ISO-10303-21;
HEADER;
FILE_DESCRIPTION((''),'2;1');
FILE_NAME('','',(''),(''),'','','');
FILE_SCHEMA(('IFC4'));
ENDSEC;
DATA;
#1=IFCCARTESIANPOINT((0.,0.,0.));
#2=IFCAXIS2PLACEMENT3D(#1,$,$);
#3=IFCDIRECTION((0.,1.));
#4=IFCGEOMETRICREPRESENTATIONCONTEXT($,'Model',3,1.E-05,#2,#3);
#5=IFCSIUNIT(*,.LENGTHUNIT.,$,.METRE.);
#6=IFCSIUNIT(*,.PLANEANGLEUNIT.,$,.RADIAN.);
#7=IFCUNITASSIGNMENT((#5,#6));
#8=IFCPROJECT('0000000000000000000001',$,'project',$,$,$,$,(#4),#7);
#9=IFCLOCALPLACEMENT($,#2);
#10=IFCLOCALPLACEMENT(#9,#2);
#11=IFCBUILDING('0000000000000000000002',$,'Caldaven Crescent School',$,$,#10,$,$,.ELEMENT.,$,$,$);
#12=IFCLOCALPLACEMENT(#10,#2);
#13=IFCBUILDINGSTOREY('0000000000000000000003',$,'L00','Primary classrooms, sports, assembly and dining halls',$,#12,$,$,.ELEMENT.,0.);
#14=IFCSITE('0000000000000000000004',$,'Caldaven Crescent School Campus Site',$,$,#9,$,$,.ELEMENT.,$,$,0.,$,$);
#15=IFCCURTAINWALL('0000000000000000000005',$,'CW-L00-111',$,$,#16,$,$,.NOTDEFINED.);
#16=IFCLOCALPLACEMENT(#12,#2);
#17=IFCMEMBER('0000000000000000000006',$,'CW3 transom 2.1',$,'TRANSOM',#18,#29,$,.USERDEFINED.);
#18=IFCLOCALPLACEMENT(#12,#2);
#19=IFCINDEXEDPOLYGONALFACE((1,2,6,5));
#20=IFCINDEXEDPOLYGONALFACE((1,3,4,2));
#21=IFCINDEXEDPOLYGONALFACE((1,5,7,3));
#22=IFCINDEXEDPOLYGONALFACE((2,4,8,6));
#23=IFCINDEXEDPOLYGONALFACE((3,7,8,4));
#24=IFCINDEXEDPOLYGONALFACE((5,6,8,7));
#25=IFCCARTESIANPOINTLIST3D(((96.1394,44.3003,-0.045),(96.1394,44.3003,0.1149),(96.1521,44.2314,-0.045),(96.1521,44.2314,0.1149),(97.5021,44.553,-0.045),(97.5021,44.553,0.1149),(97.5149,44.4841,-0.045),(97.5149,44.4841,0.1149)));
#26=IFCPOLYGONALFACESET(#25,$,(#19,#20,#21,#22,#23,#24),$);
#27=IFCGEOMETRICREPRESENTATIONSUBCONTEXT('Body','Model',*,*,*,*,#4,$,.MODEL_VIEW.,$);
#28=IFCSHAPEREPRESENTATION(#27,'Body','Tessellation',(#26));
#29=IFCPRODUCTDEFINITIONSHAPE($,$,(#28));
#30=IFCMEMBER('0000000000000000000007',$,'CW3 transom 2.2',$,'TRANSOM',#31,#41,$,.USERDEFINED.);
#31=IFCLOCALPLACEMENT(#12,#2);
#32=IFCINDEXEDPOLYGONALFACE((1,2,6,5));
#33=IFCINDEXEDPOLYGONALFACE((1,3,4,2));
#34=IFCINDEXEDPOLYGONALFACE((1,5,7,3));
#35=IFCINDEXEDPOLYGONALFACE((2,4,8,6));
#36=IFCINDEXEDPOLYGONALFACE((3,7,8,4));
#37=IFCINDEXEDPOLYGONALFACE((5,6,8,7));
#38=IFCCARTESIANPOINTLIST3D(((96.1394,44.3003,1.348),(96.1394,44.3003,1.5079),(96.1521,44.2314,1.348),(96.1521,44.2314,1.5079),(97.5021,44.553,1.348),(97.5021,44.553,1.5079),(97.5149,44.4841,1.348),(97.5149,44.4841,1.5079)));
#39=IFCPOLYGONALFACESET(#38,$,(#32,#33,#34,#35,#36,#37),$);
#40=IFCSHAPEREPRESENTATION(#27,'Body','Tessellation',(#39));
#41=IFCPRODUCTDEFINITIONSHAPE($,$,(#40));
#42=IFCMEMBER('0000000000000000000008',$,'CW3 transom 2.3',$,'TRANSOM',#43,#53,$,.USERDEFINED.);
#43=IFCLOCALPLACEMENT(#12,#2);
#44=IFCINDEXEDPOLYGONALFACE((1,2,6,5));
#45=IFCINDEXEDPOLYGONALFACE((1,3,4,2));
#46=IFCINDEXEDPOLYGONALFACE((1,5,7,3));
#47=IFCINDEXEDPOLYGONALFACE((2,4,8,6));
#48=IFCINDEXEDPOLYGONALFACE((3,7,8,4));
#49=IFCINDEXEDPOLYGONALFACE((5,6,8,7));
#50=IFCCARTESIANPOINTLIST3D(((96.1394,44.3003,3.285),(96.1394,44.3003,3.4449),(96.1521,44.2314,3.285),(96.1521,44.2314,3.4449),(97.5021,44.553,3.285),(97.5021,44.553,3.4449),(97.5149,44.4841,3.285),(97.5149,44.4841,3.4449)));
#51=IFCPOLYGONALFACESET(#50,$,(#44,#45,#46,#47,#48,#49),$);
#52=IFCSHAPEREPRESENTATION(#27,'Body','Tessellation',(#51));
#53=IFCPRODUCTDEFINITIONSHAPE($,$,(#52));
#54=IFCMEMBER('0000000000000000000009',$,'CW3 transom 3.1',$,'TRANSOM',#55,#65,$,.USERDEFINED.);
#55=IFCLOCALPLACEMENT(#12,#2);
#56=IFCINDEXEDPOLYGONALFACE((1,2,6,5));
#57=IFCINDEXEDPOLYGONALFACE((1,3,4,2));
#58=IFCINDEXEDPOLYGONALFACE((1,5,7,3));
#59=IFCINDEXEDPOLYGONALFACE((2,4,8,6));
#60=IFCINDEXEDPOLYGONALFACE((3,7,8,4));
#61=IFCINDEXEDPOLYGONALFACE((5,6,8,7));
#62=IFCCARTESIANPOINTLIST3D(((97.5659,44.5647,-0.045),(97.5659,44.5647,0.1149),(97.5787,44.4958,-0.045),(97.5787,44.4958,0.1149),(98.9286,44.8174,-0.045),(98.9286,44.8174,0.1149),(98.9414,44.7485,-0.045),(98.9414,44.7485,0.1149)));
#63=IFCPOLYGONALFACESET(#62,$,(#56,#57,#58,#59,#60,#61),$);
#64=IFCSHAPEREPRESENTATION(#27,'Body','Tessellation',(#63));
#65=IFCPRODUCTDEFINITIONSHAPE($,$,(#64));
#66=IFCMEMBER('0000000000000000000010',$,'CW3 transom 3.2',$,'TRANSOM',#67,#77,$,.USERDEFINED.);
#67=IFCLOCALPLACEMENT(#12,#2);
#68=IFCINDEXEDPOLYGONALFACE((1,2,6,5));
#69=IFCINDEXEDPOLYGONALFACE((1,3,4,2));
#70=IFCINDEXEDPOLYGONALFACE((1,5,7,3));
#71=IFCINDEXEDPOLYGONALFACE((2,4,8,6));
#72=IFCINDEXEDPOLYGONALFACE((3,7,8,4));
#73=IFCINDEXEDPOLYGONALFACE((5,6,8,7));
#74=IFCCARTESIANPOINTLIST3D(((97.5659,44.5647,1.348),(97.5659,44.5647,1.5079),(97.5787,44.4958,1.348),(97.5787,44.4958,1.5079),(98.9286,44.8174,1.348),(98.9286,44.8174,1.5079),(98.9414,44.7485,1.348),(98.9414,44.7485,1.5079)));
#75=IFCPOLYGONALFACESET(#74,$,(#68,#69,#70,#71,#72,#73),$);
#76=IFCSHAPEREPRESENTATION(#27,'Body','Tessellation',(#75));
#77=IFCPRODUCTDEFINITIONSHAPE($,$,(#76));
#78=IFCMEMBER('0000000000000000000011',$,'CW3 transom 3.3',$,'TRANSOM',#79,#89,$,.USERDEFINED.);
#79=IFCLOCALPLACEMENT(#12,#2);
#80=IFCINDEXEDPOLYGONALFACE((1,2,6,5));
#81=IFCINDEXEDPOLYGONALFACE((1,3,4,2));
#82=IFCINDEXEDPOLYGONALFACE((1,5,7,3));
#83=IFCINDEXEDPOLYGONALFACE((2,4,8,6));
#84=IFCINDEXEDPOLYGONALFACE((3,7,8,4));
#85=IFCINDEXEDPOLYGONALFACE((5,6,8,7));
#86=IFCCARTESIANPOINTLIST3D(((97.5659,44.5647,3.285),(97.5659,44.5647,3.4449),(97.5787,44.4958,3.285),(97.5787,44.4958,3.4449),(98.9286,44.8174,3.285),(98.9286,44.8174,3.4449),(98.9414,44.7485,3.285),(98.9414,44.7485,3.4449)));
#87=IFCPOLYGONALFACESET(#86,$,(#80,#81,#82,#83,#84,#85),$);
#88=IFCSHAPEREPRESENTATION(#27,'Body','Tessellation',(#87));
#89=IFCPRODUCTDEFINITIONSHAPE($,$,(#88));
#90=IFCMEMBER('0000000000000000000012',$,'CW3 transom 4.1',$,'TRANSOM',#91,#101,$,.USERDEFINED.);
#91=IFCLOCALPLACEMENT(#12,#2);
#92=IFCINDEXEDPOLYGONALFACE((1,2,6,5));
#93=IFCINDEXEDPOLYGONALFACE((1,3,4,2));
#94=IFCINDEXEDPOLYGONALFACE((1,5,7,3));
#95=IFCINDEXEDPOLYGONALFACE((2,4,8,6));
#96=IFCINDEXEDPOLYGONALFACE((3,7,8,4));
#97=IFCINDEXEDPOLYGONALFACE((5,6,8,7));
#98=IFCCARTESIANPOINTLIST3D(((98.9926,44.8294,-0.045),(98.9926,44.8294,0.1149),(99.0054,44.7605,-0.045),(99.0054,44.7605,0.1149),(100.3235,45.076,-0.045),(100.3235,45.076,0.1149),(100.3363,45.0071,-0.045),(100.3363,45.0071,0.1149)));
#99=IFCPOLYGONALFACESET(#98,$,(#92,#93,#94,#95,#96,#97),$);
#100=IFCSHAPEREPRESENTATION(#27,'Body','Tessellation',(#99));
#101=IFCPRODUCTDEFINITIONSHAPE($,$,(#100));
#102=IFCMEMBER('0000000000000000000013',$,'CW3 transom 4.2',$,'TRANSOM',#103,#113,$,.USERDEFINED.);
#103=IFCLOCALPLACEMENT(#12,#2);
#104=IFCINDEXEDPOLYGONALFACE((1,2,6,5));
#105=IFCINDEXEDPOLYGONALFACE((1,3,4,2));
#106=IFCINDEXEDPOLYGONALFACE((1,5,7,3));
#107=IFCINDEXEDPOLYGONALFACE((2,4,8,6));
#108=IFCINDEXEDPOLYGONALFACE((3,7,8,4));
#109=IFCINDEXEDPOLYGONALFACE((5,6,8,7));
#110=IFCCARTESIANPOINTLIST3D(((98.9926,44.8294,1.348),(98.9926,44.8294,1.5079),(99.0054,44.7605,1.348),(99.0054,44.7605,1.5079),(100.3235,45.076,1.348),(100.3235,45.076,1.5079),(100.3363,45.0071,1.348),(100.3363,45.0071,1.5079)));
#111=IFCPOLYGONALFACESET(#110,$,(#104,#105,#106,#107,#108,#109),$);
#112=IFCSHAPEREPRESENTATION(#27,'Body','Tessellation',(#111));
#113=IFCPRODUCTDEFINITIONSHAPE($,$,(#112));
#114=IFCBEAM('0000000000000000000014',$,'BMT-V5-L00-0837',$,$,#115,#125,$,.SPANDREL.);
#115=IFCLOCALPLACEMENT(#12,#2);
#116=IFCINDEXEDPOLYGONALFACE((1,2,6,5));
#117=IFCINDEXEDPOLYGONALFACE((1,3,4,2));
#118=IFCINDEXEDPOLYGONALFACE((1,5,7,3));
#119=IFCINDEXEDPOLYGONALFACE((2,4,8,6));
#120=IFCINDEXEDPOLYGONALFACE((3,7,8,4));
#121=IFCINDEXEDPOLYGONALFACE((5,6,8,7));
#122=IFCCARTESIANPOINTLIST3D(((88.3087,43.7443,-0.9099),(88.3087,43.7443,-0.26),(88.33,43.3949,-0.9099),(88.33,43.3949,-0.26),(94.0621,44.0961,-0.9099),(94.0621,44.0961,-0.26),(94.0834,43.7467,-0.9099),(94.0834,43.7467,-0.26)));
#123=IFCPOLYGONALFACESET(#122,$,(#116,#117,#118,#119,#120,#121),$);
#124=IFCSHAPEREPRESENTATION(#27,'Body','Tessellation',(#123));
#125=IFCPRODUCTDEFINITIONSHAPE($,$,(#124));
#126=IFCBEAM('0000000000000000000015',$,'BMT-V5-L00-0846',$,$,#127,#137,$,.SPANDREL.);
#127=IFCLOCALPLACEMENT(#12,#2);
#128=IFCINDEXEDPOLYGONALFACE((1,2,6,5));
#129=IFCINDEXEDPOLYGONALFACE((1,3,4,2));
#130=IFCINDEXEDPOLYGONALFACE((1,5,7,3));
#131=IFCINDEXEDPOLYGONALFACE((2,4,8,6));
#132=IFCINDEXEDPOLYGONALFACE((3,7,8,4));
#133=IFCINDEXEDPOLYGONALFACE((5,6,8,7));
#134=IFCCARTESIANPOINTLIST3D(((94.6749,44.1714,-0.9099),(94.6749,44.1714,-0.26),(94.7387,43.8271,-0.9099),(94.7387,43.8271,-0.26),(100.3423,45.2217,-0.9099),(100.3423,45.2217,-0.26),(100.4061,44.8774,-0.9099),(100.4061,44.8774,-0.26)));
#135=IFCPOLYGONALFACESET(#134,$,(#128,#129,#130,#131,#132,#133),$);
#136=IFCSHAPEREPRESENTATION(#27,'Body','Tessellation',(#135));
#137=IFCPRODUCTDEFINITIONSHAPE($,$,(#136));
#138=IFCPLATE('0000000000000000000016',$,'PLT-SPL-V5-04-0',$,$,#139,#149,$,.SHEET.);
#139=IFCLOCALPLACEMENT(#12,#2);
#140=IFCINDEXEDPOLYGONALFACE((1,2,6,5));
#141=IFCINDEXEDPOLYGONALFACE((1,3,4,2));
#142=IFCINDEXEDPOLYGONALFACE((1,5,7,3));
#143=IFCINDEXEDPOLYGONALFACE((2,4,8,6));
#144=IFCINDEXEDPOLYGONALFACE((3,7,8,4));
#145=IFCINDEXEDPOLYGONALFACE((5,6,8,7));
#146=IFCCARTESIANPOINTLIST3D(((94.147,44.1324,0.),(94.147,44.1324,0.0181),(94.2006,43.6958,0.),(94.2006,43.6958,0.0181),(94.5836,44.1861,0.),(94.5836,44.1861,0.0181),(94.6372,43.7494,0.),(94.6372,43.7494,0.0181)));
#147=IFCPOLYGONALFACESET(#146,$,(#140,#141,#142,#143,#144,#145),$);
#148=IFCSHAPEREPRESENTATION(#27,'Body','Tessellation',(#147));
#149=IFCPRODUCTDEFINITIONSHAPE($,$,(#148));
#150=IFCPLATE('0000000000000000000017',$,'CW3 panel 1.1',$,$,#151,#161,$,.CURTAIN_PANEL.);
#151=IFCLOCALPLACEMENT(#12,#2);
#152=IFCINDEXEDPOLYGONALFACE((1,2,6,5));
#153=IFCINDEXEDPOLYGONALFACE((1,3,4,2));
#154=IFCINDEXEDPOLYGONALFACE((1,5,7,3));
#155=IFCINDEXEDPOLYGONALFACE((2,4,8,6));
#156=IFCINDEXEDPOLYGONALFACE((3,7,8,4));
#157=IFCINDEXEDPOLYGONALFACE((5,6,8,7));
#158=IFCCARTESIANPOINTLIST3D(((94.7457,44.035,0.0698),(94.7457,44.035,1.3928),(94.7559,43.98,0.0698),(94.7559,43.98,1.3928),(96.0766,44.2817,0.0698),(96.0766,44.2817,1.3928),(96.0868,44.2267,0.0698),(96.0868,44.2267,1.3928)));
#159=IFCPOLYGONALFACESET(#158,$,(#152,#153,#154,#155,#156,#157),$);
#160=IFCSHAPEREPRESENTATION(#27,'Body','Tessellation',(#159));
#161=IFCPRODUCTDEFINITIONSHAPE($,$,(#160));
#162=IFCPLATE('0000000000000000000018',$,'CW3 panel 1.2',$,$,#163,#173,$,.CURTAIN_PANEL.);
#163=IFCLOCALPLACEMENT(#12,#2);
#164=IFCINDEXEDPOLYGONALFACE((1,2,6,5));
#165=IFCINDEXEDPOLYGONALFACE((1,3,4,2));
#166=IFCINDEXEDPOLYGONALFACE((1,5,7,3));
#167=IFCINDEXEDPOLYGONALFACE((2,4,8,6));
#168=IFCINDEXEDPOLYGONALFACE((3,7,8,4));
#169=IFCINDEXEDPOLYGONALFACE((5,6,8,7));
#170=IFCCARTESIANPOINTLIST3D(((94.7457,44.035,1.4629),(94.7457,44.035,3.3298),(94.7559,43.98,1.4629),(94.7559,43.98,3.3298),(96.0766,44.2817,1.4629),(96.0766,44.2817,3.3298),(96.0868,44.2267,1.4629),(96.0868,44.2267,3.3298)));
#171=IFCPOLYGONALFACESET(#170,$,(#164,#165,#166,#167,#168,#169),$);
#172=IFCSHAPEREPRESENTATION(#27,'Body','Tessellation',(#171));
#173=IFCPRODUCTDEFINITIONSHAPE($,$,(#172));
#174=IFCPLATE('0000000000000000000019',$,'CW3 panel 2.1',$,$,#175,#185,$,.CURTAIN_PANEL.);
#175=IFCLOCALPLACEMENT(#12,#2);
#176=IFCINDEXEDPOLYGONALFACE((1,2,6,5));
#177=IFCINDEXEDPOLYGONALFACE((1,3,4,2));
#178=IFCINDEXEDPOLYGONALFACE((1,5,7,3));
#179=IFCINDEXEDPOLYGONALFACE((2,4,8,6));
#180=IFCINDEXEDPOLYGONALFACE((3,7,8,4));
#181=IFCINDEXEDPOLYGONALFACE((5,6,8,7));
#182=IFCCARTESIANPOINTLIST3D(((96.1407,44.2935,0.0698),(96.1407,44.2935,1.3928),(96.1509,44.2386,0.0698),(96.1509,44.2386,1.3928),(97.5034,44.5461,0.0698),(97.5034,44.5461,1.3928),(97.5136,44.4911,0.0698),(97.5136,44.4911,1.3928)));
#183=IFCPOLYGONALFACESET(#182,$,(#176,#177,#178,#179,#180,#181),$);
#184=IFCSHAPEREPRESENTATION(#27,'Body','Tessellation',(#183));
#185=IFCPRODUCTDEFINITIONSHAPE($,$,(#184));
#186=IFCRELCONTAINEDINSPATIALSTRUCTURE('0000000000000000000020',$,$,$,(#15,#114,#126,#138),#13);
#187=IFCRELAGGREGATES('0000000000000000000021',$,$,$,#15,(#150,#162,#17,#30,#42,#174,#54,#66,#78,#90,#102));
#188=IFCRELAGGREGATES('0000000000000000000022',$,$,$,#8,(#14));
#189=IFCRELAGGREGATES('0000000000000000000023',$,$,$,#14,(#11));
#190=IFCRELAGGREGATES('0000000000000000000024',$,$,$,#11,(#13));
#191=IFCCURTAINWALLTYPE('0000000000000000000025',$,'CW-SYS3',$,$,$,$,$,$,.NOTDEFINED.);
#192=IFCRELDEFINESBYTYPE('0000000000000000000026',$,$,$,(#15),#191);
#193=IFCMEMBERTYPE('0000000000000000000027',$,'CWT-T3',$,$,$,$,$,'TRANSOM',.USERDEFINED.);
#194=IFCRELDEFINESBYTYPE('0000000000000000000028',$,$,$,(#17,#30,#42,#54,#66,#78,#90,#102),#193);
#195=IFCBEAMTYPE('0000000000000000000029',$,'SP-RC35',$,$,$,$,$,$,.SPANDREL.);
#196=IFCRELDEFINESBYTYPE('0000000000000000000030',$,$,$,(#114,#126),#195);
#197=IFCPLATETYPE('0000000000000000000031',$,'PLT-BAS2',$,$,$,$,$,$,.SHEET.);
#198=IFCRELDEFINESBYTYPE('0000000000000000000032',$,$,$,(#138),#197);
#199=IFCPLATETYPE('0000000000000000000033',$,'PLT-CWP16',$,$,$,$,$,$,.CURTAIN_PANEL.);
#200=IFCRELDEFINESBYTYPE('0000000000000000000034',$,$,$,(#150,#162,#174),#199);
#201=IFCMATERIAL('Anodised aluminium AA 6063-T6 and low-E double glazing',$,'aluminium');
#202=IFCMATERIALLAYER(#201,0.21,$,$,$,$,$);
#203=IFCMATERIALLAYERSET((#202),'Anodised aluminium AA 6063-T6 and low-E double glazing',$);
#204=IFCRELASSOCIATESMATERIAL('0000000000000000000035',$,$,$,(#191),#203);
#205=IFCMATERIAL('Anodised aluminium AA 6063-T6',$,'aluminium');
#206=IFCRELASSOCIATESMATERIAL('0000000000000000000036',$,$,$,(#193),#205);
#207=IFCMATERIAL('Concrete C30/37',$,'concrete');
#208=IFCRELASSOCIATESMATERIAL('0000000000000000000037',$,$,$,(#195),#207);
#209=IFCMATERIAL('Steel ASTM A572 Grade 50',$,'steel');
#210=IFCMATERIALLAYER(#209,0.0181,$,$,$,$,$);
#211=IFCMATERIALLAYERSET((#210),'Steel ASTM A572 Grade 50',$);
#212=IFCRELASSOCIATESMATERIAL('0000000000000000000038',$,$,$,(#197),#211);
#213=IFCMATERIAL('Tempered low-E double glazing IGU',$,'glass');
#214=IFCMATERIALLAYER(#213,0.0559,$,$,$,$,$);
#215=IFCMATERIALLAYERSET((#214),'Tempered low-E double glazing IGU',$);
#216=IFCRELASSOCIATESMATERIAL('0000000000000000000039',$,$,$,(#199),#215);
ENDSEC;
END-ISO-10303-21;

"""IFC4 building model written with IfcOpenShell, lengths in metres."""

from ifc_helpers import new_model, si_unit, direction, frame, origin, origin_2d, place, context, subcontext, project, spatial, rectangle, extrude, material, layer, layer_set, material_profile, profile_set, type_object, element, aggregate, save


model = new_model("IFC4")

# Units and contexts
model_context = context("Model", 3, precision=1e-05, world=origin(), true_north=direction((0.0, 1.0)))
body_context = subcontext(model_context, "Body", "Model", "MODEL_VIEW")
ifc_project = project(units=[si_unit("LENGTHUNIT", "METRE"), si_unit("PLANEANGLEUNIT", "RADIAN")], contexts=[model_context])

# Site, building, storey
site_placement = place(None, origin())
site = spatial("IfcSite", under=ifc_project, at=site_placement, Name="Caldaven Crescent School Campus Site", CompositionType="ELEMENT", RefElevation=0.0)
building_placement = place(site_placement, origin())
building = spatial("IfcBuilding", under=site, at=building_placement, Name="Caldaven Crescent School", CompositionType="ELEMENT")
storey_placement = place(building_placement, origin())
storey = spatial("IfcBuildingStorey", under=building, at=storey_placement, Name="L00", Description="Primary classrooms, sports, assembly and dining halls", CompositionType="ELEMENT", Elevation=0.0)

# Shared definitions
ifc_material_1 = material(Name="Concrete C30/37", Category="concrete")

# Curtain wall, members
ifc_material_2 = material(Name="Anodised aluminium AA 6063-T6 and low-E double glazing", Category="aluminium")
ifc_layer_1 = layer(ifc_material_2, 0.21)
ifc_layer_set_1 = layer_set([ifc_layer_1], Name="Anodised aluminium AA 6063-T6 and low-E double glazing")
curtain_wall_type = type_object("IfcCurtainWallType", Name="CW-SYS3", PredefinedType="NOTDEFINED", material=ifc_layer_set_1)
curtain_wall_placement = place(storey_placement, origin())
curtain_wall = element("IfcCurtainWall", 1, at=curtain_wall_placement, inside=storey, type_object=curtain_wall_type, Name="CW-L00-111", PredefinedType="NOTDEFINED")
ifc_material_3 = material(Name="Anodised aluminium AA 6063-T6", Category="aluminium")
ifc_material_profile_1 = material_profile(ifc_material_3, rectangle(XDim=0.0701, YDim=0.1599, at=origin_2d()), Name="CWT 70x160")
ifc_profile_set_1 = profile_set([ifc_material_profile_1], Name="Anodised aluminium AA 6063-T6")
member_type_1 = type_object("IfcMemberType", Name="CWT-T3", ElementType="TRANSOM", PredefinedType="USERDEFINED", material=ifc_profile_set_1)
member_1_placement = place(storey_placement, frame((96.1458, 44.2659, 0.0349), z_axis=(0.983241, 0.18231, 0.0), x_axis=(-0.18231, 0.983241, 0.0)))
member_1 = element("IfcMember", 2, at=member_1_placement, type_object=member_type_1, Name="CW3 transom 2.1", ObjectType="TRANSOM", PredefinedType="USERDEFINED", context=body_context, shape_type="SweptSolid", body=[
    extrude(rectangle(XDim=0.0701, YDim=0.1599, at=origin_2d()), origin(), (0.0, 0.0, 1.0), 1.386),
])
member_2_placement = place(storey_placement, frame((96.1458, 44.2659, 1.428), z_axis=(0.983241, 0.18231, 0.0), x_axis=(-0.18231, 0.983241, 0.0)))
member_2 = element("IfcMember", 3, at=member_2_placement, type_object=member_type_1, Name="CW3 transom 2.2", ObjectType="TRANSOM", PredefinedType="USERDEFINED", context=body_context, shape_type="SweptSolid", body=[
    extrude(rectangle(XDim=0.0701, YDim=0.1599, at=origin_2d()), origin(), (0.0, 0.0, 1.0), 1.386),
])
member_3_placement = place(storey_placement, frame((96.1458, 44.2659, 3.365), z_axis=(0.983241, 0.18231, 0.0), x_axis=(-0.18231, 0.983241, 0.0)))
member_3 = element("IfcMember", 4, at=member_3_placement, type_object=member_type_1, Name="CW3 transom 2.3", ObjectType="TRANSOM", PredefinedType="USERDEFINED", context=body_context, shape_type="SweptSolid", body=[
    extrude(rectangle(XDim=0.0701, YDim=0.1599, at=origin_2d()), origin(), (0.0, 0.0, 1.0), 1.386),
])
member_4_placement = place(storey_placement, frame((97.5723, 44.5303, 0.0349), z_axis=(0.983241, 0.18231, 0.0), x_axis=(-0.18231, 0.983241, 0.0)))
member_4 = element("IfcMember", 5, at=member_4_placement, type_object=member_type_1, Name="CW3 transom 3.1", ObjectType="TRANSOM", PredefinedType="USERDEFINED", context=body_context, shape_type="SweptSolid", body=[
    extrude(rectangle(XDim=0.0701, YDim=0.1599, at=origin_2d()), origin(), (0.0, 0.0, 1.0), 1.386),
])
member_5_placement = place(storey_placement, frame((97.5723, 44.5303, 1.428), z_axis=(0.983241, 0.18231, 0.0), x_axis=(-0.18231, 0.983241, 0.0)))
member_5 = element("IfcMember", 6, at=member_5_placement, type_object=member_type_1, Name="CW3 transom 3.2", ObjectType="TRANSOM", PredefinedType="USERDEFINED", context=body_context, shape_type="SweptSolid", body=[
    extrude(rectangle(XDim=0.0701, YDim=0.1599, at=origin_2d()), origin(), (0.0, 0.0, 1.0), 1.386),
])
member_6_placement = place(storey_placement, frame((97.5723, 44.5303, 3.365), z_axis=(0.983241, 0.18231, 0.0), x_axis=(-0.18231, 0.983241, 0.0)))
member_6 = element("IfcMember", 7, at=member_6_placement, type_object=member_type_1, Name="CW3 transom 3.3", ObjectType="TRANSOM", PredefinedType="USERDEFINED", context=body_context, shape_type="SweptSolid", body=[
    extrude(rectangle(XDim=0.0701, YDim=0.1599, at=origin_2d()), origin(), (0.0, 0.0, 1.0), 1.386),
])
member_7_placement = place(storey_placement, frame((98.999, 44.7949, 0.0349), z_axis=(0.983264, 0.182186, 0.0), x_axis=(-0.182186, 0.983264, 0.0)))
member_7 = element("IfcMember", 8, at=member_7_placement, type_object=member_type_1, Name="CW3 transom 4.1", ObjectType="TRANSOM", PredefinedType="USERDEFINED", context=body_context, shape_type="SweptSolid", body=[
    extrude(rectangle(XDim=0.0701, YDim=0.1599, at=origin_2d()), origin(), (0.0, 0.0, 1.0), 1.3535),
])
member_8_placement = place(storey_placement, frame((98.999, 44.7949, 1.428), z_axis=(0.983264, 0.182186, 0.0), x_axis=(-0.182186, 0.983264, 0.0)))
member_8 = element("IfcMember", 9, at=member_8_placement, type_object=member_type_1, Name="CW3 transom 4.2", ObjectType="TRANSOM", PredefinedType="USERDEFINED", context=body_context, shape_type="SweptSolid", body=[
    extrude(rectangle(XDim=0.0701, YDim=0.1599, at=origin_2d()), origin(), (0.0, 0.0, 1.0), 1.3535),
])

# Beams
ifc_material_profile_2 = material_profile(ifc_material_1, rectangle(XDim=0.3501, YDim=0.6499, at=origin_2d()), Name="RC 350x650")
ifc_profile_set_2 = profile_set([ifc_material_profile_2], Name="Concrete C30/37")
beam_type_1 = type_object("IfcBeamType", Name="SP-RC35", PredefinedType="SPANDREL", material=ifc_profile_set_2)
beam_1_placement = place(storey_placement, frame((88.3193, 43.5696, -0.585), z_axis=(0.998136, 0.061033, 0.0), x_axis=(-0.061033, 0.998136, 0.0)))
element("IfcBeam", 10, at=beam_1_placement, inside=storey, type_object=beam_type_1, Name="BMT-V5-L00-0837", PredefinedType="SPANDREL", context=body_context, shape_type="SweptSolid", body=[
    extrude(rectangle(XDim=0.3501, YDim=0.6499, at=origin_2d()), origin(), (0.0, 0.0, 1.0), 5.7642),
])
beam_2_placement = place(storey_placement, frame((94.7068, 43.9993, -0.585), z_axis=(0.983258, 0.182217, 0.0), x_axis=(-0.182217, 0.983258, 0.0)))
element("IfcBeam", 11, at=beam_2_placement, inside=storey, type_object=beam_type_1, Name="BMT-V5-L00-0846", PredefinedType="SPANDREL", context=body_context, shape_type="SweptSolid", body=[
    extrude(rectangle(XDim=0.3501, YDim=0.6499, at=origin_2d()), origin(), (0.0, 0.0, 1.0), 5.7639),
])

# Plates
ifc_material_4 = material(Name="Steel ASTM A572 Grade 50", Category="steel")
ifc_layer_2 = layer(ifc_material_4, 0.0181)
ifc_layer_set_2 = layer_set([ifc_layer_2], Name="Steel ASTM A572 Grade 50")
plate_type_1 = type_object("IfcPlateType", Name="PLT-BAS2", PredefinedType="SHEET", material=ifc_layer_set_2)
plate_1_placement = place(storey_placement, frame((94.3921, 43.9409, 0.0), z_axis=(0.0, 0.0, 1.0), x_axis=(0.121869, -0.992546, 0.0)))
element("IfcPlate", 12, at=plate_1_placement, inside=storey, type_object=plate_type_1, Name="PLT-SPL-V5-04-0", PredefinedType="SHEET", context=body_context, shape_type="SweptSolid", body=[
    extrude(rectangle(XDim=0.4399, YDim=0.4399, at=origin_2d()), origin(), (0.0, 0.0, 1.0), 0.0181),
])
ifc_material_5 = material(Name="Tempered low-E double glazing IGU", Category="glass")
ifc_layer_3 = layer(ifc_material_5, 0.0559)
ifc_layer_set_3 = layer_set([ifc_layer_3], Name="Tempered low-E double glazing IGU")
plate_type_2 = type_object("IfcPlateType", Name="PLT-CWP16", PredefinedType="CURTAIN_PANEL", material=ifc_layer_set_3)
plate_2_placement = place(storey_placement, frame((95.4163, 44.1309, 0.0698), z_axis=(0.0, 0.0, 1.0), x_axis=(0.983255, 0.182236, 0.0)))
plate_2 = element("IfcPlate", 13, at=plate_2_placement, type_object=plate_type_2, Name="CW3 panel 1.1", PredefinedType="CURTAIN_PANEL", context=body_context, shape_type="SweptSolid", body=[
    extrude(rectangle(XDim=1.3535, YDim=0.0559, at=origin_2d()), origin(), (0.0, 0.0, 1.0), 1.323),
])
plate_3_placement = place(storey_placement, frame((95.4163, 44.1309, 1.4629), z_axis=(0.0, 0.0, 1.0), x_axis=(0.983255, 0.182236, 0.0)))
plate_3 = element("IfcPlate", 14, at=plate_3_placement, type_object=plate_type_2, Name="CW3 panel 1.2", PredefinedType="CURTAIN_PANEL", context=body_context, shape_type="SweptSolid", body=[
    extrude(rectangle(XDim=1.3535, YDim=0.0559, at=origin_2d()), origin(), (0.0, 0.0, 1.0), 1.8669),
])
plate_4_placement = place(storey_placement, frame((96.8271, 44.3923, 0.0698), z_axis=(0.0, 0.0, 1.0), x_axis=(0.983255, 0.182236, 0.0)))
plate_4 = element("IfcPlate", 15, at=plate_4_placement, type_object=plate_type_2, Name="CW3 panel 2.1", PredefinedType="CURTAIN_PANEL", context=body_context, shape_type="SweptSolid", body=[
    extrude(rectangle(XDim=1.386, YDim=0.0559, at=origin_2d()), origin(), (0.0, 0.0, 1.0), 1.323),
])
aggregate(curtain_wall, [plate_2, plate_3, member_1, member_2, member_3, plate_4, member_4, member_5, member_6, member_7, member_8])

save(model, "model.ifc")
